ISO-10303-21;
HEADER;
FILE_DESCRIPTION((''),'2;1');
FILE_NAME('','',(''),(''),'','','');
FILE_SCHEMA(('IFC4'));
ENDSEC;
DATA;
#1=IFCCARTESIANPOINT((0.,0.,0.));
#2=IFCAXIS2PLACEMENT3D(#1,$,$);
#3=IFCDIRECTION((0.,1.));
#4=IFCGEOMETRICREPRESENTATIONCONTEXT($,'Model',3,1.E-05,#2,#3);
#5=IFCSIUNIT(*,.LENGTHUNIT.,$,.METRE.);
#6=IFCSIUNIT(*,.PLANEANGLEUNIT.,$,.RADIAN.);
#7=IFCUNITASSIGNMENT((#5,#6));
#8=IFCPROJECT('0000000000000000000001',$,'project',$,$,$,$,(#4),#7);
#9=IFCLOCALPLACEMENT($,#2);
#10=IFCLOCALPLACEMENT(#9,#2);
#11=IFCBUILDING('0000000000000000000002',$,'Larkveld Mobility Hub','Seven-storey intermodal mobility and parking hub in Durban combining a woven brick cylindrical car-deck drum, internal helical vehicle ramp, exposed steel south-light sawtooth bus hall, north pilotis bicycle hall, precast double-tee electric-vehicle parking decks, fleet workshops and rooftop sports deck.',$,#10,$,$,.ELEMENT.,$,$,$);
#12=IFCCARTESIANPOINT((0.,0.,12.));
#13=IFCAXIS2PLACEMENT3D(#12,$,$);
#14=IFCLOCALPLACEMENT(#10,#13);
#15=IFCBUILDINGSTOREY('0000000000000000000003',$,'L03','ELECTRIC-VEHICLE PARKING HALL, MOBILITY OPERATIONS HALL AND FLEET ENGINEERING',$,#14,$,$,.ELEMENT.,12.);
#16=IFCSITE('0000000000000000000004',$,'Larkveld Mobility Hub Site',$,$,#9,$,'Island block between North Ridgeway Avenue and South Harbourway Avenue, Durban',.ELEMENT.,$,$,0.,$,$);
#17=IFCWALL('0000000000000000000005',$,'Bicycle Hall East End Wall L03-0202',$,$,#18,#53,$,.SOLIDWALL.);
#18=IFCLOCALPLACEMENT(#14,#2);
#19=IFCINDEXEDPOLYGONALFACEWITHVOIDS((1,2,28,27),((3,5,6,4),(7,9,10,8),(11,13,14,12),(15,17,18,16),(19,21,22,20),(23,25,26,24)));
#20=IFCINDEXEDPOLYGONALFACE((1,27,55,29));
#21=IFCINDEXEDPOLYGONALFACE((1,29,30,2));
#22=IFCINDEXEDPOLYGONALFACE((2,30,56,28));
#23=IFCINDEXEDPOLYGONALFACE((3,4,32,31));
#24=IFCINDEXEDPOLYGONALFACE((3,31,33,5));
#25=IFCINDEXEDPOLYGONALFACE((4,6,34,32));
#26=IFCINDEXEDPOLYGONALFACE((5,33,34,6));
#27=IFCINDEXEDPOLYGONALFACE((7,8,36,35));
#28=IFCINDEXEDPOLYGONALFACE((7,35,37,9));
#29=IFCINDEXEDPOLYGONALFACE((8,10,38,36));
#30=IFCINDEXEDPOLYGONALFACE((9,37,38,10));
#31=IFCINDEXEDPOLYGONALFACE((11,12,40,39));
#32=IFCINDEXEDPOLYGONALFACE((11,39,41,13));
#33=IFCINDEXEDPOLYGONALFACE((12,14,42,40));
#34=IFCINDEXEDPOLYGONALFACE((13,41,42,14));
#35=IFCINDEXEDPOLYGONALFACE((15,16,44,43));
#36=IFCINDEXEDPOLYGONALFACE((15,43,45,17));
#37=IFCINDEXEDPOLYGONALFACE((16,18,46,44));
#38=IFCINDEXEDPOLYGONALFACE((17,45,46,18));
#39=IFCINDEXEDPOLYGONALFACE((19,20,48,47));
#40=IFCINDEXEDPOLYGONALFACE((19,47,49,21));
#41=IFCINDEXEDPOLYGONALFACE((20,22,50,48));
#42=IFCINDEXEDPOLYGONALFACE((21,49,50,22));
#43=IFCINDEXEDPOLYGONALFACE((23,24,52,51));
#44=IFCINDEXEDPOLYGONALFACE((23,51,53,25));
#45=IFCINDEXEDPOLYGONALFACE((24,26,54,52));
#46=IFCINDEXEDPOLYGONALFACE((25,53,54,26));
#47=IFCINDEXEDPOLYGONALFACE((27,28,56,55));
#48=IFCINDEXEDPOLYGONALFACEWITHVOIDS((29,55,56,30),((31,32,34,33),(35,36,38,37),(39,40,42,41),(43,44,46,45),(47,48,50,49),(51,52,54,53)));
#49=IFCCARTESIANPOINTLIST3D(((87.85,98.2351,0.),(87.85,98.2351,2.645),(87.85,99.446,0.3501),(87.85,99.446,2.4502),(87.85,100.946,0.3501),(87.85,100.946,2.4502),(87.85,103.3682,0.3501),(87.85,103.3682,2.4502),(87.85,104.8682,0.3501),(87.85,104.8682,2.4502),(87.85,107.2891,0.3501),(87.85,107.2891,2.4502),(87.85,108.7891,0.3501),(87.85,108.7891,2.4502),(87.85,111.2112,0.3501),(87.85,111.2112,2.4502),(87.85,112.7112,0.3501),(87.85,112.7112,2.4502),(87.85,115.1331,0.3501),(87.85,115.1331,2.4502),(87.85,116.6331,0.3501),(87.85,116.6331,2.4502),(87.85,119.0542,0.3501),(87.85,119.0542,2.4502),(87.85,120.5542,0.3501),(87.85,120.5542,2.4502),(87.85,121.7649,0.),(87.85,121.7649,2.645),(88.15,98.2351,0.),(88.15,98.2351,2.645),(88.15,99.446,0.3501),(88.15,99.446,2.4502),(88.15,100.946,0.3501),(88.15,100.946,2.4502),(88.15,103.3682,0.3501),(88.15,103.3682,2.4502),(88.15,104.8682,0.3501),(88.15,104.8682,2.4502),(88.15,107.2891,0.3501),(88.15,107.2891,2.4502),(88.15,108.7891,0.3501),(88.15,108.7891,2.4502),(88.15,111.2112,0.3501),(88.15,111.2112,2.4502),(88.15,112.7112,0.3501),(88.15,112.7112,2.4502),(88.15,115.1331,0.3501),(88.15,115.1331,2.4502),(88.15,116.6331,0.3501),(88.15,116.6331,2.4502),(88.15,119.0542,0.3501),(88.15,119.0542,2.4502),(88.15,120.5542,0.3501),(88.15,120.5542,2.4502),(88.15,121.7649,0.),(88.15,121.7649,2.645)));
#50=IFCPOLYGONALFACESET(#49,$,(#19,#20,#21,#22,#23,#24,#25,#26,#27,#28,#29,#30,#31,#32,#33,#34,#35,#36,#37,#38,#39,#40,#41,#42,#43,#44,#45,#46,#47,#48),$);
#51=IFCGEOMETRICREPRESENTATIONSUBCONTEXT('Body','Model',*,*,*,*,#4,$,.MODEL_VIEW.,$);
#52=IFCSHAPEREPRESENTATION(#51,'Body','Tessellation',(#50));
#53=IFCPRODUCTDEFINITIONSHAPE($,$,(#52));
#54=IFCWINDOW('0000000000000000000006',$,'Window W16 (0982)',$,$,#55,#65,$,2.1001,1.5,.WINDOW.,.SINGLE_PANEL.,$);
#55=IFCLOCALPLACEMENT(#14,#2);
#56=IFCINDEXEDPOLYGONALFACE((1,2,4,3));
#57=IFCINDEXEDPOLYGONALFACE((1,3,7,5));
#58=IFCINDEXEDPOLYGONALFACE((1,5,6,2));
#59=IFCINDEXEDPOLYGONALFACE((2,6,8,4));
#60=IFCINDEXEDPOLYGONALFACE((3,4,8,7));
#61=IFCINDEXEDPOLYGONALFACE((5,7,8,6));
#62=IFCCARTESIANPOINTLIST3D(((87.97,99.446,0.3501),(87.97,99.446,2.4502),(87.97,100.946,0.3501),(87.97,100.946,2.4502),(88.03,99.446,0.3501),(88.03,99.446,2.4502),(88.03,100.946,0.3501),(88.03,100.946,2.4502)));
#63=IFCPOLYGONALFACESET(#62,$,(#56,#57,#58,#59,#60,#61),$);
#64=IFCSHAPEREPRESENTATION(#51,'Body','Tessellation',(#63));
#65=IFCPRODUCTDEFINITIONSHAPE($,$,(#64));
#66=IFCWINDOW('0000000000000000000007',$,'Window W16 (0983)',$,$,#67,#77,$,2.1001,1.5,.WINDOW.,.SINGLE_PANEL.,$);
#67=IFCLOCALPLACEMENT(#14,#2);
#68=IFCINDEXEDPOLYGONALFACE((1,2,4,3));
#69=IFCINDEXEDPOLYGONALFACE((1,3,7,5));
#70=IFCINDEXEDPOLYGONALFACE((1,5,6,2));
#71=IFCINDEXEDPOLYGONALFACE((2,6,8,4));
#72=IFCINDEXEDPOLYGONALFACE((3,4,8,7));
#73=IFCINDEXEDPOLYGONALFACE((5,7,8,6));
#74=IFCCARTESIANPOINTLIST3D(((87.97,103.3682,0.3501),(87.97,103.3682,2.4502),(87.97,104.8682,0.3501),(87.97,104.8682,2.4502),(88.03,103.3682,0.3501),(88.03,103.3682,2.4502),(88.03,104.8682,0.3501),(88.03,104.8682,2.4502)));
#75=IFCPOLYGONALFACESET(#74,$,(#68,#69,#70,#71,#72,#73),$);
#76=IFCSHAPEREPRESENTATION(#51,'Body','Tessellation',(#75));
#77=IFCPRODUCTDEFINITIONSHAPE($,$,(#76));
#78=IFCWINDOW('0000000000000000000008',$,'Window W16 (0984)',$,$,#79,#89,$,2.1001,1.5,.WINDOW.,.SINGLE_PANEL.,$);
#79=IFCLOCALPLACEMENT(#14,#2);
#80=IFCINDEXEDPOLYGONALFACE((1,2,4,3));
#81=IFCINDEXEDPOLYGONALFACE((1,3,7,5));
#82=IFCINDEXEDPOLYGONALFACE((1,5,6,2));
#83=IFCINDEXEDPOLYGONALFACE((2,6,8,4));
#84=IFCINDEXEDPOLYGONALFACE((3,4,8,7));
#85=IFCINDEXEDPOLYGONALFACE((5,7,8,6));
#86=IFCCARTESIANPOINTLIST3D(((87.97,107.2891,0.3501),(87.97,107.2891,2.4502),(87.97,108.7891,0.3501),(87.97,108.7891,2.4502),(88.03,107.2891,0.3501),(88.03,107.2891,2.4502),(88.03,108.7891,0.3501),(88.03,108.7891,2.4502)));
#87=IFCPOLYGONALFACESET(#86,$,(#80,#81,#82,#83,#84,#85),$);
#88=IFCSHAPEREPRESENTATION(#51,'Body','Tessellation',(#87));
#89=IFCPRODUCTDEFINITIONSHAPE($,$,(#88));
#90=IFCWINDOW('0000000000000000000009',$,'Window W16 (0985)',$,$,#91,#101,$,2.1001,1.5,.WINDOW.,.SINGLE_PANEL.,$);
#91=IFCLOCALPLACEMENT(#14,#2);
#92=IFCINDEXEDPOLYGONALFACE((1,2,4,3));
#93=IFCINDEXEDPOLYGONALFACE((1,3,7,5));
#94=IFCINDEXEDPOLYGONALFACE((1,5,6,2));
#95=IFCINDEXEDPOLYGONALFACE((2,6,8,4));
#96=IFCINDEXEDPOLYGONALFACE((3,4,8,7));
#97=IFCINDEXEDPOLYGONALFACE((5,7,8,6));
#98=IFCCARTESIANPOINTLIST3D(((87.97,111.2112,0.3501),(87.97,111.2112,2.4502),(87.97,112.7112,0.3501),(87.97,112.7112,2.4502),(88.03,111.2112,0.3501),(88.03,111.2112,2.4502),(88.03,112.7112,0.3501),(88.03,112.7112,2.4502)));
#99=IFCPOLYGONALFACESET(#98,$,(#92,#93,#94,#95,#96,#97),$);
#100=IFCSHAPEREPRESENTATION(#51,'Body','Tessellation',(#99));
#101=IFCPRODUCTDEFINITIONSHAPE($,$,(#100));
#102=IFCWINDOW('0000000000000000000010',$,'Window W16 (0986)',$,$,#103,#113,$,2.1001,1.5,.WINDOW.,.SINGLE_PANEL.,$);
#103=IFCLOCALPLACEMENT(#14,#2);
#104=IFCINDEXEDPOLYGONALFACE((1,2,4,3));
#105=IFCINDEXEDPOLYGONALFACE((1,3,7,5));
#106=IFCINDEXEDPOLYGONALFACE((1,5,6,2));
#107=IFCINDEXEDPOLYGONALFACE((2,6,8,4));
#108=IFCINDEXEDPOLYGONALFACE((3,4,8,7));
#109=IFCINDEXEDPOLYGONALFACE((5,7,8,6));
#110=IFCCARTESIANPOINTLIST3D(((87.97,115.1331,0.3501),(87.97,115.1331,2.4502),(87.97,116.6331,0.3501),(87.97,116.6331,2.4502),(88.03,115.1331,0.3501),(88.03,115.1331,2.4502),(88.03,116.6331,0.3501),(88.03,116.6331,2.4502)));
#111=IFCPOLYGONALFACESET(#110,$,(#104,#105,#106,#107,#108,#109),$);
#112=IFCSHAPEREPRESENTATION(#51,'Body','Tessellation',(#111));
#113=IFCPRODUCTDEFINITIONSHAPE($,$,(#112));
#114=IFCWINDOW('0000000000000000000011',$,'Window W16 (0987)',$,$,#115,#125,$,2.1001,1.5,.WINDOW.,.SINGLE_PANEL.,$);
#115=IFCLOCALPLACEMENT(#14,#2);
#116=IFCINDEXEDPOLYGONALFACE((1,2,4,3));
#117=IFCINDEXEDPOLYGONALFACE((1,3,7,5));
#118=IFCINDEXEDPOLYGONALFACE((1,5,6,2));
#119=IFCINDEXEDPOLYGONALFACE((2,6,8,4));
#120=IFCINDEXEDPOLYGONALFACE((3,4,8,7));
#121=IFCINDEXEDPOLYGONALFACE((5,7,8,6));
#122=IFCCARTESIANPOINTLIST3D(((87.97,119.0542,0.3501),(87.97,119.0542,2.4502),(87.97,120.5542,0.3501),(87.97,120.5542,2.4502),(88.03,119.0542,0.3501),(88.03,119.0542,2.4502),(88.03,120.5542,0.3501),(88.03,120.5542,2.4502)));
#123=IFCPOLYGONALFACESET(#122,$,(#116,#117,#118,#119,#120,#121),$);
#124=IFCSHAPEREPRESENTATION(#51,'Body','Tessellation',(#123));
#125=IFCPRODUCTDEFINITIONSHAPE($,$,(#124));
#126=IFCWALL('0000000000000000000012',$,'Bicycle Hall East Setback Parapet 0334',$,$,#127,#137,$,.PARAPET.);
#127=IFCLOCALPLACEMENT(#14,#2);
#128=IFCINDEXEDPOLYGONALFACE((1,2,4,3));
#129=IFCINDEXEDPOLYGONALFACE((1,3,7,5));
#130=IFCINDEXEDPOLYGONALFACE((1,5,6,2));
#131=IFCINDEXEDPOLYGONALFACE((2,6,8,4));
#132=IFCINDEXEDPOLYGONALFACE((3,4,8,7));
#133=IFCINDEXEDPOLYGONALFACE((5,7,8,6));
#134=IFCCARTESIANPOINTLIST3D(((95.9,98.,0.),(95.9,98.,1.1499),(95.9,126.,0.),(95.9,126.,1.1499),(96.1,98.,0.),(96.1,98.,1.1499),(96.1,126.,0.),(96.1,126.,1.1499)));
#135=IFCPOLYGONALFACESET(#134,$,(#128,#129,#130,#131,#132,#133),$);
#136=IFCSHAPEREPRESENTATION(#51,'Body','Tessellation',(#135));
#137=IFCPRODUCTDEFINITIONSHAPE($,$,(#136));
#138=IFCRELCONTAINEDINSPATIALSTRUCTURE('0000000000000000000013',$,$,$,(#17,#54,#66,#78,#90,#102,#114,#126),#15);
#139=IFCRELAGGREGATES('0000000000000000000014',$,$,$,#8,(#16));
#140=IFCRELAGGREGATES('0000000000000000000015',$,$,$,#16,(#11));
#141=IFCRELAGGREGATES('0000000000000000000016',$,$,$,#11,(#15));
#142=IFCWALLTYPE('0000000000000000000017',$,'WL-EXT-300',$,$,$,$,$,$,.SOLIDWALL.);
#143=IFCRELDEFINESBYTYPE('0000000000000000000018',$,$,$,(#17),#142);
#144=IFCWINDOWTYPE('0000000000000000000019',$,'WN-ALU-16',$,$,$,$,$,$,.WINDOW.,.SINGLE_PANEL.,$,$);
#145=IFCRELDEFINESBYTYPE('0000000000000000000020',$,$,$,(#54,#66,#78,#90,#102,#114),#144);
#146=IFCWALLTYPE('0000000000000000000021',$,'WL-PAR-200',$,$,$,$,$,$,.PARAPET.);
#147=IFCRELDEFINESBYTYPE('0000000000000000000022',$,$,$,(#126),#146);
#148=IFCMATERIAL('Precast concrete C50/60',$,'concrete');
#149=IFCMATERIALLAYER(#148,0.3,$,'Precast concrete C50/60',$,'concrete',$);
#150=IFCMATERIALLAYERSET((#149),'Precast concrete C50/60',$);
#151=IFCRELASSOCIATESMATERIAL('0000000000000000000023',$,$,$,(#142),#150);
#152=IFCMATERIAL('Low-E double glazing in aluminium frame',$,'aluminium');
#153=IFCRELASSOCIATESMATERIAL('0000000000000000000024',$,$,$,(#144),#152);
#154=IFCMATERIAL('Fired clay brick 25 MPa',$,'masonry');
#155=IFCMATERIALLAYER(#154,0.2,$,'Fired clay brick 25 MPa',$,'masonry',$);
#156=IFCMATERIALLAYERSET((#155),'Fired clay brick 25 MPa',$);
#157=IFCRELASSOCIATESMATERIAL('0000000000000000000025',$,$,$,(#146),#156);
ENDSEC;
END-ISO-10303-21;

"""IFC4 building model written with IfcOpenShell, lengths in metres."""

from ifc_helpers import new_model, si_unit, direction, frame, frame_2d, origin, place, context, subcontext, project, spatial, rectangle, extrude, material, layer, layer_set, type_object, element, fill, save


model = new_model("IFC4")

# Units and contexts
model_context = context("Model", 3, precision=1e-05, world=origin(), true_north=direction((0.0, 1.0)))
body_context = subcontext(model_context, "Body", "Model", "MODEL_VIEW")
ifc_project = project(units=[si_unit("LENGTHUNIT", "METRE"), si_unit("PLANEANGLEUNIT", "RADIAN")], contexts=[model_context])

# Site, building, storey
site_placement = place(None, origin())
site = spatial("IfcSite", under=ifc_project, at=site_placement, Name="Larkveld Mobility Hub Site", LongName="Island block between North Ridgeway Avenue and South Harbourway Avenue, Durban", CompositionType="ELEMENT", RefElevation=0.0)
building_placement = place(site_placement, origin())
building = spatial("IfcBuilding", under=site, at=building_placement, Name="Larkveld Mobility Hub", Description="Seven-storey intermodal mobility and parking hub in Durban combining a woven brick cylindrical car-deck drum, internal helical vehicle ramp, exposed steel south-light sawtooth bus hall, north pilotis bicycle hall, precast double-tee electric-vehicle parking decks, fleet workshops and rooftop sports deck.", CompositionType="ELEMENT")
storey_placement = place(building_placement, frame((0.0, 0.0, 12.0)))
storey = spatial("IfcBuildingStorey", under=building, at=storey_placement, Name="L03", Description="ELECTRIC-VEHICLE PARKING HALL, MOBILITY OPERATIONS HALL AND FLEET ENGINEERING", CompositionType="ELEMENT", Elevation=12.0)

# Wall, openings, windows
ifc_material_1 = material(Name="Precast concrete C50/60", Category="concrete")
ifc_layer_1 = layer(ifc_material_1, 0.3, Name="Precast concrete C50/60", Category="concrete")
ifc_layer_set_1 = layer_set([ifc_layer_1], Name="Precast concrete C50/60")
wall_type_1 = type_object("IfcWallType", Name="WL-EXT-300", PredefinedType="SOLIDWALL", material=ifc_layer_set_1)
wall_1_placement = place(storey_placement, frame((88.0, 98.2351, 0.0), z_axis=(0.0, 0.0, 1.0), x_axis=(0.0, 1.0, 0.0)))
wall_1 = element("IfcWall", 1, at=wall_1_placement, inside=storey, type_object=wall_type_1, Name="Bicycle Hall East End Wall L03-0202", PredefinedType="SOLIDWALL", context=body_context, shape_type="SweptSolid", body=[
    extrude(rectangle(XDim=23.5298, YDim=0.3, at=frame_2d((11.7649, 0.0))), origin(), (0.0, 0.0, 1.0), 2.645),
])
opening_1_placement = place(wall_1_placement, frame((1.2109, 0.0, 0.3501)))
opening_1 = element("IfcOpeningElement", 2, at=opening_1_placement, cuts=wall_1, PredefinedType="OPENING", context=body_context, shape_type="SweptSolid", body=[
    extrude(rectangle(XDim=1.5, YDim=2.1001, at=frame_2d((0.75, 1.05))), frame((0.0, 0.1602, 0.0), z_axis=(0.0, -1.0, 0.0), x_axis=(1.0, 0.0, 0.0)), (0.0, 0.0, 1.0), 0.3201),
])
opening_2_placement = place(wall_1_placement, frame((5.1331, 0.0, 0.3501)))
opening_2 = element("IfcOpeningElement", 3, at=opening_2_placement, cuts=wall_1, PredefinedType="OPENING", context=body_context, shape_type="SweptSolid", body=[
    extrude(rectangle(XDim=1.5, YDim=2.1001, at=frame_2d((0.75, 1.05))), frame((0.0, 0.1602, 0.0), z_axis=(0.0, -1.0, 0.0), x_axis=(1.0, 0.0, 0.0)), (0.0, 0.0, 1.0), 0.3201),
])
opening_3_placement = place(wall_1_placement, frame((9.054, 0.0, 0.3501)))
opening_3 = element("IfcOpeningElement", 4, at=opening_3_placement, cuts=wall_1, PredefinedType="OPENING", context=body_context, shape_type="SweptSolid", body=[
    extrude(rectangle(XDim=1.5, YDim=2.1001, at=frame_2d((0.75, 1.05))), frame((0.0, 0.1602, 0.0), z_axis=(0.0, -1.0, 0.0), x_axis=(1.0, 0.0, 0.0)), (0.0, 0.0, 1.0), 0.3201),
])
opening_4_placement = place(wall_1_placement, frame((12.9761, 0.0, 0.3501)))
opening_4 = element("IfcOpeningElement", 5, at=opening_4_placement, cuts=wall_1, PredefinedType="OPENING", context=body_context, shape_type="SweptSolid", body=[
    extrude(rectangle(XDim=1.5, YDim=2.1001, at=frame_2d((0.75, 1.05))), frame((0.0, 0.1602, 0.0), z_axis=(0.0, -1.0, 0.0), x_axis=(1.0, 0.0, 0.0)), (0.0, 0.0, 1.0), 0.3201),
])
opening_5_placement = place(wall_1_placement, frame((16.8979, 0.0, 0.3501)))
opening_5 = element("IfcOpeningElement", 6, at=opening_5_placement, cuts=wall_1, PredefinedType="OPENING", context=body_context, shape_type="SweptSolid", body=[
    extrude(rectangle(XDim=1.5, YDim=2.1001, at=frame_2d((0.75, 1.05))), frame((0.0, 0.1602, 0.0), z_axis=(0.0, -1.0, 0.0), x_axis=(1.0, 0.0, 0.0)), (0.0, 0.0, 1.0), 0.3201),
])
opening_6_placement = place(wall_1_placement, frame((20.8191, 0.0, 0.3501)))
opening_6 = element("IfcOpeningElement", 7, at=opening_6_placement, cuts=wall_1, PredefinedType="OPENING", context=body_context, shape_type="SweptSolid", body=[
    extrude(rectangle(XDim=1.5, YDim=2.1001, at=frame_2d((0.75, 1.05))), frame((0.0, 0.1602, 0.0), z_axis=(0.0, -1.0, 0.0), x_axis=(1.0, 0.0, 0.0)), (0.0, 0.0, 1.0), 0.3201),
])
ifc_material_2 = material(Name="Low-E double glazing in aluminium frame", Category="aluminium")
window_type = type_object("IfcWindowType", Name="WN-ALU-16", PartitioningType="SINGLE_PANEL", PredefinedType="WINDOW", material=ifc_material_2)
window_1_placement = place(opening_1_placement, origin())
window_1 = element("IfcWindow", 8, at=window_1_placement, inside=storey, type_object=window_type, Name="Window W16 (0982)", OverallHeight=2.1001, OverallWidth=1.5, PartitioningType="SINGLE_PANEL", PredefinedType="WINDOW", context=body_context, shape_type="SweptSolid", body=[
    extrude(rectangle(XDim=1.5, YDim=2.1001, at=frame_2d((0.75, 1.05))), frame((0.0, 0.03, 0.0), z_axis=(0.0, -1.0, 0.0), x_axis=(1.0, 0.0, 0.0)), (0.0, 0.0, 1.0), 0.0601),
])
fill(opening_1, window_1)
window_2_placement = place(opening_2_placement, origin())
window_2 = element("IfcWindow", 9, at=window_2_placement, inside=storey, type_object=window_type, Name="Window W16 (0983)", OverallHeight=2.1001, OverallWidth=1.5, PartitioningType="SINGLE_PANEL", PredefinedType="WINDOW", context=body_context, shape_type="SweptSolid", body=[
    extrude(rectangle(XDim=1.5, YDim=2.1001, at=frame_2d((0.75, 1.05))), frame((0.0, 0.03, 0.0), z_axis=(0.0, -1.0, 0.0), x_axis=(1.0, 0.0, 0.0)), (0.0, 0.0, 1.0), 0.0601),
])
fill(opening_2, window_2)
window_3_placement = place(opening_3_placement, origin())
window_3 = element("IfcWindow", 10, at=window_3_placement, inside=storey, type_object=window_type, Name="Window W16 (0984)", OverallHeight=2.1001, OverallWidth=1.5, PartitioningType="SINGLE_PANEL", PredefinedType="WINDOW", context=body_context, shape_type="SweptSolid", body=[
    extrude(rectangle(XDim=1.5, YDim=2.1001, at=frame_2d((0.75, 1.05))), frame((0.0, 0.03, 0.0), z_axis=(0.0, -1.0, 0.0), x_axis=(1.0, 0.0, 0.0)), (0.0, 0.0, 1.0), 0.0601),
])
fill(opening_3, window_3)
window_4_placement = place(opening_4_placement, origin())
window_4 = element("IfcWindow", 11, at=window_4_placement, inside=storey, type_object=window_type, Name="Window W16 (0985)", OverallHeight=2.1001, OverallWidth=1.5, PartitioningType="SINGLE_PANEL", PredefinedType="WINDOW", context=body_context, shape_type="SweptSolid", body=[
    extrude(rectangle(XDim=1.5, YDim=2.1001, at=frame_2d((0.75, 1.05))), frame((0.0, 0.03, 0.0), z_axis=(0.0, -1.0, 0.0), x_axis=(1.0, 0.0, 0.0)), (0.0, 0.0, 1.0), 0.0601),
])
fill(opening_4, window_4)
window_5_placement = place(opening_5_placement, origin())
window_5 = element("IfcWindow", 12, at=window_5_placement, inside=storey, type_object=window_type, Name="Window W16 (0986)", OverallHeight=2.1001, OverallWidth=1.5, PartitioningType="SINGLE_PANEL", PredefinedType="WINDOW", context=body_context, shape_type="SweptSolid", body=[
    extrude(rectangle(XDim=1.5, YDim=2.1001, at=frame_2d((0.75, 1.05))), frame((0.0, 0.03, 0.0), z_axis=(0.0, -1.0, 0.0), x_axis=(1.0, 0.0, 0.0)), (0.0, 0.0, 1.0), 0.0601),
])
fill(opening_5, window_5)
window_6_placement = place(opening_6_placement, origin())
window_6 = element("IfcWindow", 13, at=window_6_placement, inside=storey, type_object=window_type, Name="Window W16 (0987)", OverallHeight=2.1001, OverallWidth=1.5, PartitioningType="SINGLE_PANEL", PredefinedType="WINDOW", context=body_context, shape_type="SweptSolid", body=[
    extrude(rectangle(XDim=1.5, YDim=2.1001, at=frame_2d((0.75, 1.05))), frame((0.0, 0.03, 0.0), z_axis=(0.0, -1.0, 0.0), x_axis=(1.0, 0.0, 0.0)), (0.0, 0.0, 1.0), 0.0601),
])
fill(opening_6, window_6)

# Wall
ifc_material_3 = material(Name="Fired clay brick 25 MPa", Category="masonry")
ifc_layer_2 = layer(ifc_material_3, 0.2, Name="Fired clay brick 25 MPa", Category="masonry")
ifc_layer_set_2 = layer_set([ifc_layer_2], Name="Fired clay brick 25 MPa")
wall_type_2 = type_object("IfcWallType", Name="WL-PAR-200", PredefinedType="PARAPET", material=ifc_layer_set_2)
wall_2_placement = place(storey_placement, frame((96.0, 98.0, 0.0), z_axis=(0.0, 0.0, 1.0), x_axis=(0.0, 1.0, 0.0)))
element("IfcWall", 14, at=wall_2_placement, inside=storey, type_object=wall_type_2, Name="Bicycle Hall East Setback Parapet 0334", PredefinedType="PARAPET", context=body_context, shape_type="SweptSolid", body=[
    extrude(rectangle(XDim=28.0, YDim=0.2, at=frame_2d((14.0, 0.0))), origin(), (0.0, 0.0, 1.0), 1.1499),
])

save(model, "model.ifc")
